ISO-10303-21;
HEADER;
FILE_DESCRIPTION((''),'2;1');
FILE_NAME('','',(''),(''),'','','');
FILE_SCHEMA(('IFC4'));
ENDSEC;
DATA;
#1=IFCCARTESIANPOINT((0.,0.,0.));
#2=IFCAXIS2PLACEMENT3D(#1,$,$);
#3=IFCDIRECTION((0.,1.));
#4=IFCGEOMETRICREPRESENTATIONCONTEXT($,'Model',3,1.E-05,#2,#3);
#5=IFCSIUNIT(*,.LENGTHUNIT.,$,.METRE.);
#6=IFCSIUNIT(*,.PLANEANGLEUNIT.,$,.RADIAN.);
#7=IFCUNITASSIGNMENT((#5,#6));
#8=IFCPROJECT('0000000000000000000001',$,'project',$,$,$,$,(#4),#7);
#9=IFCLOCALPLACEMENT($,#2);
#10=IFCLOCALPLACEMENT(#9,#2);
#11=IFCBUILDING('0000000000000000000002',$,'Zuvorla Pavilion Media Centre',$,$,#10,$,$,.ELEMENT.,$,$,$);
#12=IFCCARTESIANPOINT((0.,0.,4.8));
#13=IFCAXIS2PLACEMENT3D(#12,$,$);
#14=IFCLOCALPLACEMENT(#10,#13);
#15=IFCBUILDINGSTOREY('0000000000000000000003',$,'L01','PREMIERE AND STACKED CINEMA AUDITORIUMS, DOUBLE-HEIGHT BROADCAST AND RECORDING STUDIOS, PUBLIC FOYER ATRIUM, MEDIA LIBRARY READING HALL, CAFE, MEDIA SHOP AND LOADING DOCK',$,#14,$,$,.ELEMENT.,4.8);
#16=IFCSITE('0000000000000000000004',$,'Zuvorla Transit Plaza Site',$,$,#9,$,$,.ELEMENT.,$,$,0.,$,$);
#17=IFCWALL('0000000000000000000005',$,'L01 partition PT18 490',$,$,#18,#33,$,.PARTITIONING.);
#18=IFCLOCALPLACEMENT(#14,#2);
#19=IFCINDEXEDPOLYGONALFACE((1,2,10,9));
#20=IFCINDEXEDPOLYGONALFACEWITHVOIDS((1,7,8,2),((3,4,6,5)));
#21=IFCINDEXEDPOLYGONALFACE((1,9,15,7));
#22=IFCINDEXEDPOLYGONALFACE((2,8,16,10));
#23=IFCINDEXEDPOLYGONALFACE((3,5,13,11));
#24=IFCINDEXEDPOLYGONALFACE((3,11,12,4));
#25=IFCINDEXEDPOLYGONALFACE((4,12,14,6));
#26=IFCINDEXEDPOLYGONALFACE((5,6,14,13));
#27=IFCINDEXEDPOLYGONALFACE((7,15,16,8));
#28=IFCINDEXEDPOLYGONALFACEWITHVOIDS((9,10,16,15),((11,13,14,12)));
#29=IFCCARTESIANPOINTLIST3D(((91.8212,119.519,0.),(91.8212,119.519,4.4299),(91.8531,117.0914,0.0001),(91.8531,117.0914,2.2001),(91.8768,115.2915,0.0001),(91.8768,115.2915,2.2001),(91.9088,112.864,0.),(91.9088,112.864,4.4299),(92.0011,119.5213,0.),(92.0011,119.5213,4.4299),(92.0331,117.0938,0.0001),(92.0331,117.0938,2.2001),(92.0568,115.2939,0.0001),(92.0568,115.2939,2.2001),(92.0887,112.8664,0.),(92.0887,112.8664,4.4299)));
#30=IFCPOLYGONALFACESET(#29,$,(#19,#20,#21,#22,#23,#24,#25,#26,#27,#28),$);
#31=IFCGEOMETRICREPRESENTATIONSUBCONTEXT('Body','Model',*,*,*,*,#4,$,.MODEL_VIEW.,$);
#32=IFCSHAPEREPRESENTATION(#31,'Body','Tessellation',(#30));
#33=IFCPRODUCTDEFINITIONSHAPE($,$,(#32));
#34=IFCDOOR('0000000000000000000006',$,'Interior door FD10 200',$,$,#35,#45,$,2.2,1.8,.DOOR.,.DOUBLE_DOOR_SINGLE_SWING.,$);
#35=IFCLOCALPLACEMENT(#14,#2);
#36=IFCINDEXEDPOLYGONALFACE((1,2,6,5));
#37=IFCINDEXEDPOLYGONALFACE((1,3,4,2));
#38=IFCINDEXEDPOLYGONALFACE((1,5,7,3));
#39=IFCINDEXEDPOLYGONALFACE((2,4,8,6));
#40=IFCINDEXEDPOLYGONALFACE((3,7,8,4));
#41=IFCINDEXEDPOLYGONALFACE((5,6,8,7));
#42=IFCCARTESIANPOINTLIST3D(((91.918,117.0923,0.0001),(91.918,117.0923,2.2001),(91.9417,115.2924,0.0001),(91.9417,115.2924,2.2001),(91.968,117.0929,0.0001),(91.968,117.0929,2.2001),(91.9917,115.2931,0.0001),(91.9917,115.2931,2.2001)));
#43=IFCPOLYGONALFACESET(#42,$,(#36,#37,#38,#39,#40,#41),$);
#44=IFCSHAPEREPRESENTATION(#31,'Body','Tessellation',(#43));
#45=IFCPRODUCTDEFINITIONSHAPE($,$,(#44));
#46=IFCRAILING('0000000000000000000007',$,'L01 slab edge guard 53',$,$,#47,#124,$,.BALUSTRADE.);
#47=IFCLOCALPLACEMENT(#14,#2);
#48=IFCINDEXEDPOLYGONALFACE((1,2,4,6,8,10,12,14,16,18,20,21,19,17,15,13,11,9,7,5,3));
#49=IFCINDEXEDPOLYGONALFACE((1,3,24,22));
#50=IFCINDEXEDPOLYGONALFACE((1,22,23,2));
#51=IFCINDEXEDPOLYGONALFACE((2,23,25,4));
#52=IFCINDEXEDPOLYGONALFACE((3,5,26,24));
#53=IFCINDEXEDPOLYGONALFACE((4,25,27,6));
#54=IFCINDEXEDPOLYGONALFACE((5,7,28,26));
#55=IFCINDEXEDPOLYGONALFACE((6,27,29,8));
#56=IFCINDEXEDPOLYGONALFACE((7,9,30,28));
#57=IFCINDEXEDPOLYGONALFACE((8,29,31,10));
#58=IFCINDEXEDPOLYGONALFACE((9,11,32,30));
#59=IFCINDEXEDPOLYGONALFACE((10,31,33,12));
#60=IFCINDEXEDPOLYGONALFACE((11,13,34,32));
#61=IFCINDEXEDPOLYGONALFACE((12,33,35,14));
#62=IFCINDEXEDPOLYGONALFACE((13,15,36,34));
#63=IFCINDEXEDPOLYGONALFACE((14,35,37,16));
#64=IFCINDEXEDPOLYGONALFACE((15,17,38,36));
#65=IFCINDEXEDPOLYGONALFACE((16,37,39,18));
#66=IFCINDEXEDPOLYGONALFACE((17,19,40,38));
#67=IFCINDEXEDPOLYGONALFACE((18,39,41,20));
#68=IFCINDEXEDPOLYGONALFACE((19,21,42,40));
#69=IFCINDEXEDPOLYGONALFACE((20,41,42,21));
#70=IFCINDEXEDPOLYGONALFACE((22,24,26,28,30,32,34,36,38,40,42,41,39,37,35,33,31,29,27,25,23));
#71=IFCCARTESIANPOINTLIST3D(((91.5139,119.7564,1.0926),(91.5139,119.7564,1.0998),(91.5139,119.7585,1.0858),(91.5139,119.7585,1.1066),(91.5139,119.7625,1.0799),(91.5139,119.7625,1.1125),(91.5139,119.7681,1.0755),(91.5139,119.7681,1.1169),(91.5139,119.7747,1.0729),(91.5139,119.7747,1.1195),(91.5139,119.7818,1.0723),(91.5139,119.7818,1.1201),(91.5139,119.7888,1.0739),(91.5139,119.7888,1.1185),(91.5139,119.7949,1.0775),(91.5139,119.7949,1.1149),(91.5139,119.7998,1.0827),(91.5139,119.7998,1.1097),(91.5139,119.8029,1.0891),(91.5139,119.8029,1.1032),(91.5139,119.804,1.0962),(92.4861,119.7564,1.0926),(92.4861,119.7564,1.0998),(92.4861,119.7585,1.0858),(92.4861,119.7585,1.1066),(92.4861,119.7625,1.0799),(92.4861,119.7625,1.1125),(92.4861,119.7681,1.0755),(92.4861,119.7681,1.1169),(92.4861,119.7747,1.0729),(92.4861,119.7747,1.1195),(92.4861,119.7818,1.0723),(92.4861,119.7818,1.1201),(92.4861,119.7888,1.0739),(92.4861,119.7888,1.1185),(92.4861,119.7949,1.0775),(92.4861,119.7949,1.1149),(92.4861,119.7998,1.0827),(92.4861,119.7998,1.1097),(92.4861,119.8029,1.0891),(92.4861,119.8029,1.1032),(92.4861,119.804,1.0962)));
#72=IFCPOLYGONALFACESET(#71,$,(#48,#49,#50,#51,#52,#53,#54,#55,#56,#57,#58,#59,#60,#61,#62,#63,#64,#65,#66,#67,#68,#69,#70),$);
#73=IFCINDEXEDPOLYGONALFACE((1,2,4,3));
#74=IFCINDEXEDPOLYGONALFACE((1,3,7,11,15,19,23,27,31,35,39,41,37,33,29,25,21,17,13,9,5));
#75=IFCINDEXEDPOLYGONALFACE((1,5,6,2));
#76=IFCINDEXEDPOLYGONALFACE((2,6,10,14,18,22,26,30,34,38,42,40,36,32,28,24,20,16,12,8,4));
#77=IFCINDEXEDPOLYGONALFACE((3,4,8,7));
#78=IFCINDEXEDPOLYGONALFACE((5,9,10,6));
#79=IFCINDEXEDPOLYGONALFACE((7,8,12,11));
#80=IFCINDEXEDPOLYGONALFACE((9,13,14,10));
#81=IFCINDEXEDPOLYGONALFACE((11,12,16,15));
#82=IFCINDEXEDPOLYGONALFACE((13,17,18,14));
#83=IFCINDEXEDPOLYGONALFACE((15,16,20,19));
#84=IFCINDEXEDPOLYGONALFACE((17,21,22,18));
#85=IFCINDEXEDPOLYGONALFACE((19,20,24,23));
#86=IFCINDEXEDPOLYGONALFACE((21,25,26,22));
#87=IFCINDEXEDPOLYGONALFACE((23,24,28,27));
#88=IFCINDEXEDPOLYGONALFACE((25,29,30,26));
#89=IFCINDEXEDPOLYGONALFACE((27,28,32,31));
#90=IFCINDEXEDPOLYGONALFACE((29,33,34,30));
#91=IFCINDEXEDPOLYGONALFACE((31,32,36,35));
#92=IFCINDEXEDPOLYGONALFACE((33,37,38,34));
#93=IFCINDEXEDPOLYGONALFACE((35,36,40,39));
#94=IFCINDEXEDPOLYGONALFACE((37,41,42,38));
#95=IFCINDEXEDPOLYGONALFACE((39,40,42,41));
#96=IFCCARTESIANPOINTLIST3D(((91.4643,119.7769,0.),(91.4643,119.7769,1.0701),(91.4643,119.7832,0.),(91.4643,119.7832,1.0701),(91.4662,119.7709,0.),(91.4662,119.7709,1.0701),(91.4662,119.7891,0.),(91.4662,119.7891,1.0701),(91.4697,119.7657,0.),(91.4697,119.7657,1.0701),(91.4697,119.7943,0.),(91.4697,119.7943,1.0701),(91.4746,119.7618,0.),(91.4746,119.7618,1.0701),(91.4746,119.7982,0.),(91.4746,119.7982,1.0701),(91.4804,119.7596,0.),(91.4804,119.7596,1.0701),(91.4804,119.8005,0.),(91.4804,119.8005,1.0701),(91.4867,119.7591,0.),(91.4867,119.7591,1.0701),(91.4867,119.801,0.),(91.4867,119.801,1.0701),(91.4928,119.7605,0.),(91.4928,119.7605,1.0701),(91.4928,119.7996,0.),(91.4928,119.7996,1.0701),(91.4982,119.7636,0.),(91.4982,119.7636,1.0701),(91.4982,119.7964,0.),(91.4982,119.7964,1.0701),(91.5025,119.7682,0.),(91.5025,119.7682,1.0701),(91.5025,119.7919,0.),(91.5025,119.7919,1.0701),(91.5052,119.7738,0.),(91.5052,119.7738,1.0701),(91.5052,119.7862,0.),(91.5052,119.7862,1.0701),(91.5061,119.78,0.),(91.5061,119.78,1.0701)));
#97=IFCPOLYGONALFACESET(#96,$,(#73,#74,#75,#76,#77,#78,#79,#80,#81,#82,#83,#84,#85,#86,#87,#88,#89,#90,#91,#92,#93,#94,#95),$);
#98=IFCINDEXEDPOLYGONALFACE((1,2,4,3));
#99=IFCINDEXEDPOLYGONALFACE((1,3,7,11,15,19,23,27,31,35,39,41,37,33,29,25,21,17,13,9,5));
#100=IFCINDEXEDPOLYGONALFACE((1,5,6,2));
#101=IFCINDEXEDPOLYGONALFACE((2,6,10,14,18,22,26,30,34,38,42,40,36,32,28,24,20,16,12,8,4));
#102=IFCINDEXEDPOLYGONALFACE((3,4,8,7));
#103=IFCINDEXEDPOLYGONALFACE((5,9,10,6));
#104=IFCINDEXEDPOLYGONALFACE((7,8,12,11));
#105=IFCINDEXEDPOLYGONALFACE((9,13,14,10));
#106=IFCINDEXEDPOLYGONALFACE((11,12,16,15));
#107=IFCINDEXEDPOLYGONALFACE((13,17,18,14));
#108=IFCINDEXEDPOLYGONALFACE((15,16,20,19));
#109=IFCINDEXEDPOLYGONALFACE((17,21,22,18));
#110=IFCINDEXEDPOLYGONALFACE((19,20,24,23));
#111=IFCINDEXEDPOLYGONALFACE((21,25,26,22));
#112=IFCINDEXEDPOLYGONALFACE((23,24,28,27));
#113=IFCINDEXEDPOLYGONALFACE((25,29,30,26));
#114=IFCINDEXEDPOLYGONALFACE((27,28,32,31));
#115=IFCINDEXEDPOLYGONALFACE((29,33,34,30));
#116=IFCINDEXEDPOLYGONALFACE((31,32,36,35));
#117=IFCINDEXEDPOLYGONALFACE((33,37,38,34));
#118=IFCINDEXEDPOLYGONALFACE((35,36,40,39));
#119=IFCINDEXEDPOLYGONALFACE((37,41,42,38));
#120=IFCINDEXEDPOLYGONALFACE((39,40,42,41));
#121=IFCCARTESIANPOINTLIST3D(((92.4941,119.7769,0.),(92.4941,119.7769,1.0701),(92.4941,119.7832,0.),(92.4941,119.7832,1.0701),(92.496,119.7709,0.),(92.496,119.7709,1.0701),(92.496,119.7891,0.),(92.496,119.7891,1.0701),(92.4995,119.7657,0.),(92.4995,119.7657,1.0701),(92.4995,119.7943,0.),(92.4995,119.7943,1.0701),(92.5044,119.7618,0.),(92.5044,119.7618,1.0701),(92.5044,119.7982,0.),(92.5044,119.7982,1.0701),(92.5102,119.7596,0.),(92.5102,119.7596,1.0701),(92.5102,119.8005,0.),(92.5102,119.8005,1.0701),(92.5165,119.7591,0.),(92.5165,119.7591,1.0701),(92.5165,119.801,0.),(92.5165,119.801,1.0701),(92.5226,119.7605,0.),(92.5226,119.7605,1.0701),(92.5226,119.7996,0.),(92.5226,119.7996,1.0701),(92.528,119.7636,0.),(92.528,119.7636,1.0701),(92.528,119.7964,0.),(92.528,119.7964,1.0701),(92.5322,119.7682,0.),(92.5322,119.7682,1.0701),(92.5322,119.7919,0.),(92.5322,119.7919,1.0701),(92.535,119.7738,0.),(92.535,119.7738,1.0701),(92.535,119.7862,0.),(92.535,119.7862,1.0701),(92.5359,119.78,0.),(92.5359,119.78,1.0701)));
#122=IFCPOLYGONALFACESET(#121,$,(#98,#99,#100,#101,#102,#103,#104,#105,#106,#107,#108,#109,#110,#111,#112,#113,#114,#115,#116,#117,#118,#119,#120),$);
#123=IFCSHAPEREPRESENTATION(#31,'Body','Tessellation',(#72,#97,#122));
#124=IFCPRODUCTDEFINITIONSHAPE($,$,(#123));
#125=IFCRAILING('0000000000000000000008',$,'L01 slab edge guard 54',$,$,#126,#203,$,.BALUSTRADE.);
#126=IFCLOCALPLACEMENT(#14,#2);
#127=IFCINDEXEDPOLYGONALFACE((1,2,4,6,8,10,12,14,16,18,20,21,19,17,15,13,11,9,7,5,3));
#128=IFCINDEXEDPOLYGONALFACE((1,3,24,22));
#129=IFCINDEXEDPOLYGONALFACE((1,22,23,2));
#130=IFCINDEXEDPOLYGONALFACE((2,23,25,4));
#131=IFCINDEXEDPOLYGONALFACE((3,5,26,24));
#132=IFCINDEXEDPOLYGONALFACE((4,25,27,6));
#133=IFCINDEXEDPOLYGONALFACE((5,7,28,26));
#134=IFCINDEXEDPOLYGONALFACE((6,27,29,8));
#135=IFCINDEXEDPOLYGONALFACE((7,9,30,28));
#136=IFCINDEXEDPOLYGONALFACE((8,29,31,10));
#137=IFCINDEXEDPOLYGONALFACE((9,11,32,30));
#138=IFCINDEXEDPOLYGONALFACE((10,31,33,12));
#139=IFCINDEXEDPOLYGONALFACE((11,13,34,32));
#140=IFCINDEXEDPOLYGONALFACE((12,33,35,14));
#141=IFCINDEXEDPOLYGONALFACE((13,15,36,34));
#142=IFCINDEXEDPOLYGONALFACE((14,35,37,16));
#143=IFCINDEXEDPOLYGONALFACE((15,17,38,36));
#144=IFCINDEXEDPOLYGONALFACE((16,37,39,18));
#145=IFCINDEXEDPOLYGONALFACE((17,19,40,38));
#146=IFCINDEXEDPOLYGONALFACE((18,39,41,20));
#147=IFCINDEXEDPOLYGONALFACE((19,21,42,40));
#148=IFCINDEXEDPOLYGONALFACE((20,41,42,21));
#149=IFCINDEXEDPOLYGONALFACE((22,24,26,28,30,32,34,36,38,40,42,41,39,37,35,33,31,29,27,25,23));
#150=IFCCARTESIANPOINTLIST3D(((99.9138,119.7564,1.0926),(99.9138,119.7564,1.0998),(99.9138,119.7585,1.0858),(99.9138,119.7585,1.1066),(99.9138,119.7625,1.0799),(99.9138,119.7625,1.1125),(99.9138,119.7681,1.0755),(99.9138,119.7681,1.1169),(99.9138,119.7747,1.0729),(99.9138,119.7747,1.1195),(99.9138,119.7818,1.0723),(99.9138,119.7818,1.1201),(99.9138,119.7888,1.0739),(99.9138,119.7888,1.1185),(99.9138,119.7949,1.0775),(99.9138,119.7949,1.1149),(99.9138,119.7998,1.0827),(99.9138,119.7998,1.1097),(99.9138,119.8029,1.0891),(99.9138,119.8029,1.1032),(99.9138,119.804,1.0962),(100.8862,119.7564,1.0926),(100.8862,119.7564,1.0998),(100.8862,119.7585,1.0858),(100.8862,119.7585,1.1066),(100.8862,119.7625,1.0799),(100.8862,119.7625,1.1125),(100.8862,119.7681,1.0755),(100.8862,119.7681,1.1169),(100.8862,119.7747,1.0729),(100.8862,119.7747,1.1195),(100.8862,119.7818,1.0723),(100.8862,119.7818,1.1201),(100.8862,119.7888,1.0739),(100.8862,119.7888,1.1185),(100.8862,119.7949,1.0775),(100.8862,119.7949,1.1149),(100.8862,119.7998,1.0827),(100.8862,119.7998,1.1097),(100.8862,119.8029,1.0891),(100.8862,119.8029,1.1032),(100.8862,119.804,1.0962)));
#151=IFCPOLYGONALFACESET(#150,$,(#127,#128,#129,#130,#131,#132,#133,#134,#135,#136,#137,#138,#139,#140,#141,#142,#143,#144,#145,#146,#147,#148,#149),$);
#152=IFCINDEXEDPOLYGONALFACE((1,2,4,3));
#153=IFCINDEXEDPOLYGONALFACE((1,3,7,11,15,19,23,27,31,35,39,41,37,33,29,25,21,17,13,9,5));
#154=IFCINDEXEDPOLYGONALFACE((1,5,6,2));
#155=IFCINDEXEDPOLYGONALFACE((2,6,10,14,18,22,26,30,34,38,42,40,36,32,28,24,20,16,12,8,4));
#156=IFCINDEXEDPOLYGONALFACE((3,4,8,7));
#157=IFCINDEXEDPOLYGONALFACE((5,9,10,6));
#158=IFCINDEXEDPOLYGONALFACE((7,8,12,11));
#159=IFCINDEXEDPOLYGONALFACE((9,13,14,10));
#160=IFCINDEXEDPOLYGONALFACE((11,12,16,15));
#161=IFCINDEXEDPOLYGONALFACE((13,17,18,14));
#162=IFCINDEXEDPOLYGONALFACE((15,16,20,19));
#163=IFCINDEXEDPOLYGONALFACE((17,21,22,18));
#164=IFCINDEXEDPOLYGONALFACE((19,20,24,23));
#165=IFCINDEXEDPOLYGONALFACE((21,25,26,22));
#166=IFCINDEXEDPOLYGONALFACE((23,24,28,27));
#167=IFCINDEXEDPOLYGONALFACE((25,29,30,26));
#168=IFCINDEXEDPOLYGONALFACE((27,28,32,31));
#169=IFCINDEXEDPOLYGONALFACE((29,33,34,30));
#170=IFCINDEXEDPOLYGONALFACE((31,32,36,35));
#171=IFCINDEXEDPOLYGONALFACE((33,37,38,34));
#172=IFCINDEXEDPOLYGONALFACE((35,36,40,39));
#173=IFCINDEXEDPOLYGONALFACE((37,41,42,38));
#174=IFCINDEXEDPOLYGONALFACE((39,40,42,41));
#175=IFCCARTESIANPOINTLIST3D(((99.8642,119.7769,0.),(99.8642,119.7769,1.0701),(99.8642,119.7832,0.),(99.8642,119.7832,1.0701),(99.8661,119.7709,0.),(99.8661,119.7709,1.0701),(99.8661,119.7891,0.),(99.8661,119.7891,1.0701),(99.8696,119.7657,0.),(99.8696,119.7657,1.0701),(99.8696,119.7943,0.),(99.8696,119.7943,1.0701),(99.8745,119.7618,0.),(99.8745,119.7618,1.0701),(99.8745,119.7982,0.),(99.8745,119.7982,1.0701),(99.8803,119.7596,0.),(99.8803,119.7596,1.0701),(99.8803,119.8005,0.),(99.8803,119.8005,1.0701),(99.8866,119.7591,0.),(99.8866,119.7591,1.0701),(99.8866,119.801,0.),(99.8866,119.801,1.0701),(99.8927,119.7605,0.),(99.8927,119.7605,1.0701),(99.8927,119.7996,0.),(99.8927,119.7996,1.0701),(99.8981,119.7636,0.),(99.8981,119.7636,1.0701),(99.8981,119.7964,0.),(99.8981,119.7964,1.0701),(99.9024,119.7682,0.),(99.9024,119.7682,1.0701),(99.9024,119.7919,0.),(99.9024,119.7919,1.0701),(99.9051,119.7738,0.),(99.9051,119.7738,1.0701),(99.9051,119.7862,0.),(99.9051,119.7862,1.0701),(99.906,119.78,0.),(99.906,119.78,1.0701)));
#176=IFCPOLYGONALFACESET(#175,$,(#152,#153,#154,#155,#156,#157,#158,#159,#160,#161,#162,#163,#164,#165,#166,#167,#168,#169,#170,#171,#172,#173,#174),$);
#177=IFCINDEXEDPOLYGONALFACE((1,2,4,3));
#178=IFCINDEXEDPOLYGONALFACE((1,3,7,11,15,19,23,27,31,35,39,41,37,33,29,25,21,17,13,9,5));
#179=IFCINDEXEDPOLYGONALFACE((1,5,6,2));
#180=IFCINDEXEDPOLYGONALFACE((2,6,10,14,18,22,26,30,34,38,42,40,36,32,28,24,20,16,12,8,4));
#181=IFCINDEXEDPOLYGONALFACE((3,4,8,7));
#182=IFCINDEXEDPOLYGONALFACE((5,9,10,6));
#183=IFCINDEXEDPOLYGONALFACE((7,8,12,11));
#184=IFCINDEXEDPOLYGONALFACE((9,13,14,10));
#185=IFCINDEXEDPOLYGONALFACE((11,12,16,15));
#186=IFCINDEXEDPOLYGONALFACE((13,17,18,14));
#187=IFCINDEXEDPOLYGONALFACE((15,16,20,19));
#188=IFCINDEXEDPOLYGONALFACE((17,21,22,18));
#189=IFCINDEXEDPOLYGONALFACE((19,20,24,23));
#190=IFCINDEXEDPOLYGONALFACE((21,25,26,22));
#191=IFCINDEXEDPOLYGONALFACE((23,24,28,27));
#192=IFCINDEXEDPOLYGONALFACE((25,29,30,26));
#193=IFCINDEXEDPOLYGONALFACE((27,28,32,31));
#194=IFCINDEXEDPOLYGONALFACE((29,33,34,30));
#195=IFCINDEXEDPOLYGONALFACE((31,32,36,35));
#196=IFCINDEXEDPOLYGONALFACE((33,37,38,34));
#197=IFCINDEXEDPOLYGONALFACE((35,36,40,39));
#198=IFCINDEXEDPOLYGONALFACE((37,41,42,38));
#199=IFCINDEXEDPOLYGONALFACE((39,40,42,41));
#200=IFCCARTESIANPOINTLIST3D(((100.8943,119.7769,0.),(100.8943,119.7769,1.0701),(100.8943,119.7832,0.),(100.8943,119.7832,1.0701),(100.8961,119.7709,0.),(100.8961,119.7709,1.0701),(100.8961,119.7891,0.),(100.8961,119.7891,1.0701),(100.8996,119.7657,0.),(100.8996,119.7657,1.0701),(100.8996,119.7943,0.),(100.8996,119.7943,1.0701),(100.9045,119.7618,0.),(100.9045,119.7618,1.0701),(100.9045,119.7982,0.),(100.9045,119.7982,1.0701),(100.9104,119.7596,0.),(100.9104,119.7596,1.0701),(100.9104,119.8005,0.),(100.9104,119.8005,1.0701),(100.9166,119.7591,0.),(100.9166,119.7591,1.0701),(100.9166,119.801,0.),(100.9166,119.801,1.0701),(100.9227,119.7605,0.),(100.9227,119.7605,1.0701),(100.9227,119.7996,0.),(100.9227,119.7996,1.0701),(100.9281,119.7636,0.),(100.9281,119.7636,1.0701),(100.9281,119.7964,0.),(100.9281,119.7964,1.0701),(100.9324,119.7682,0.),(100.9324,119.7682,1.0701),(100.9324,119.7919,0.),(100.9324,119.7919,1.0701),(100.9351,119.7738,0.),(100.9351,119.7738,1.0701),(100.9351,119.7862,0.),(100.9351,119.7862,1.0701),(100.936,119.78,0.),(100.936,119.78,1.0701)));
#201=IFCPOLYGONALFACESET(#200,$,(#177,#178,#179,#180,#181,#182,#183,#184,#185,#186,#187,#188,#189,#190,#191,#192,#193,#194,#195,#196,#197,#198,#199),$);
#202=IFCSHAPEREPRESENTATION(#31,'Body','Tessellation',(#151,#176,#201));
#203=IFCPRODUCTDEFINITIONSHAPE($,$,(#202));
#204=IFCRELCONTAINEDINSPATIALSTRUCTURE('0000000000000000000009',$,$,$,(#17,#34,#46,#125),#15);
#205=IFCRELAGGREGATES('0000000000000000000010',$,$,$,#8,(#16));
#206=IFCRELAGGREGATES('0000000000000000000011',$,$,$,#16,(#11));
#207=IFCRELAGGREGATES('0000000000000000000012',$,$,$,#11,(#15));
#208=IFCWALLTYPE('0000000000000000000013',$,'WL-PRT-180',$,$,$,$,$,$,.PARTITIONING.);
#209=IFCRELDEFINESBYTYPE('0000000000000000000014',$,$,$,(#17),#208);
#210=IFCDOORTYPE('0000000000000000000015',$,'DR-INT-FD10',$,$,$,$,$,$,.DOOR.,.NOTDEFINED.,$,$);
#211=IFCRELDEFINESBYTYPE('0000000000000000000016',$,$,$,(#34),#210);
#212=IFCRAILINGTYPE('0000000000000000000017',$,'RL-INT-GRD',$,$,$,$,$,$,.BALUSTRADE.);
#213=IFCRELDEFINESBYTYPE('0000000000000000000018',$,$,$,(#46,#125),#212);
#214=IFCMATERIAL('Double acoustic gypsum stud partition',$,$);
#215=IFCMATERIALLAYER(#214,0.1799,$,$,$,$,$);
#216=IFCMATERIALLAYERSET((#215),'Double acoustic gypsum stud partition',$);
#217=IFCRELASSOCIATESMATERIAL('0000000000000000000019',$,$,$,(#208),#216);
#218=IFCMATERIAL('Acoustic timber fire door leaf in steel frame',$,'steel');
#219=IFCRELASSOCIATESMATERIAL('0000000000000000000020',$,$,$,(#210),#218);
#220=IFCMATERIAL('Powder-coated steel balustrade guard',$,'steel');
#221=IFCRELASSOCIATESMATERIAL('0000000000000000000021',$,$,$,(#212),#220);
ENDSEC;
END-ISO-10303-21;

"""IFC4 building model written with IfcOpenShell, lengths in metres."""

from ifc_helpers import new_model, si_unit, direction, frame, frame_2d, origin, origin_2d, place, context, subcontext, project, spatial, rectangle, circle, extrude, material, layer, layer_set, type_object, element, fill, save


model = new_model("IFC4")

# Units and contexts
model_context = context("Model", 3, precision=1e-05, world=origin(), true_north=direction((0.0, 1.0)))
body_context = subcontext(model_context, "Body", "Model", "MODEL_VIEW")
ifc_project = project(units=[si_unit("LENGTHUNIT", "METRE"), si_unit("PLANEANGLEUNIT", "RADIAN")], contexts=[model_context])

# Site, building, storey
site_placement = place(None, origin())
site = spatial("IfcSite", under=ifc_project, at=site_placement, Name="Zuvorla Transit Plaza Site", CompositionType="ELEMENT", RefElevation=0.0)
building_placement = place(site_placement, origin())
building = spatial("IfcBuilding", under=site, at=building_placement, Name="Zuvorla Pavilion Media Centre", CompositionType="ELEMENT")
storey_placement = place(building_placement, frame((0.0, 0.0, 4.8)))
storey = spatial("IfcBuildingStorey", under=building, at=storey_placement, Name="L01", Description="PREMIERE AND STACKED CINEMA AUDITORIUMS, DOUBLE-HEIGHT BROADCAST AND RECORDING STUDIOS, PUBLIC FOYER ATRIUM, MEDIA LIBRARY READING HALL, CAFE, MEDIA SHOP AND LOADING DOCK", CompositionType="ELEMENT", Elevation=4.8)

# Wall, opening, door
ifc_material_1 = material(Name="Double acoustic gypsum stud partition")
ifc_layer_1 = layer(ifc_material_1, 0.1799)
ifc_layer_set_1 = layer_set([ifc_layer_1], Name="Double acoustic gypsum stud partition")
wall_type_1 = type_object("IfcWallType", Name="WL-PRT-180", PredefinedType="PARTITIONING", material=ifc_layer_set_1)
wall_1_placement = place(storey_placement, frame((91.9111, 119.52, 0.0), z_axis=(0.0, 0.0, 1.0), x_axis=(0.013169, -0.999913, 0.0)))
wall_1 = element("IfcWall", 1, at=wall_1_placement, inside=storey, type_object=wall_type_1, Name="L01 partition PT18 490", PredefinedType="PARTITIONING", context=body_context, shape_type="SweptSolid", body=[
    extrude(rectangle(XDim=6.6555, YDim=0.1799, at=frame_2d((3.3276, 0.0))), origin(), (0.0, 0.0, 1.0), 4.4299),
])
opening_placement = place(wall_1_placement, frame((2.4277, 0.0, 0.0)))
opening = element("IfcOpeningElement", 2, at=opening_placement, cuts=wall_1, PredefinedType="OPENING", context=body_context, shape_type="SweptSolid", body=[
    extrude(rectangle(XDim=1.8, YDim=2.2, at=frame_2d((0.8999, 1.1001))), frame((0.0, 0.0999, 0.0), z_axis=(0.0, -1.0, 0.0), x_axis=(1.0, 0.0, 0.0)), (0.0, 0.0, 1.0), 0.2),
])
ifc_material_2 = material(Name="Acoustic timber fire door leaf in steel frame", Category="steel")
door_type = type_object("IfcDoorType", Name="DR-INT-FD10", OperationType="NOTDEFINED", PredefinedType="DOOR", material=ifc_material_2)
door_placement = place(opening_placement, origin())
door = element("IfcDoor", 3, at=door_placement, inside=storey, type_object=door_type, Name="Interior door FD10 200", OperationType="DOUBLE_DOOR_SINGLE_SWING", OverallHeight=2.2, OverallWidth=1.8, PredefinedType="DOOR", context=body_context, shape_type="SweptSolid", body=[
    extrude(rectangle(XDim=1.8, YDim=2.2, at=frame_2d((0.8999, 1.1001))), frame((0.0, 0.0249, 0.0), z_axis=(0.0, -1.0, 0.0), x_axis=(1.0, 0.0, 0.0)), (0.0, 0.0, 1.0), 0.05),
])
fill(opening, door)

# Railings
ifc_material_3 = material(Name="Powder-coated steel balustrade guard", Category="steel")
railing_type = type_object("IfcRailingType", Name="RL-INT-GRD", PredefinedType="BALUSTRADE", material=ifc_material_3)
railing_1_placement = place(storey_placement, frame((91.4851, 119.78, 0.0)))
element("IfcRailing", 4, at=railing_1_placement, inside=storey, type_object=railing_type, Name="L01 slab edge guard 53", PredefinedType="BALUSTRADE", context=body_context, shape_type="SweptSolid", body=[
    extrude(circle(Radius=0.0239, at=origin_2d()), frame((0.0288, 0.0, 1.0962), z_axis=(1.0, 0.0, 0.0), x_axis=(0.0, 1.0, 0.0)), (0.0, 0.0, 1.0), 0.9722),
    extrude(circle(Radius=0.021, at=origin_2d()), origin(), (0.0, 0.0, 1.0), 1.0701),
    extrude(circle(Radius=0.021, at=origin_2d()), frame((1.0298, 0.0, 0.0)), (0.0, 0.0, 1.0), 1.0701),
])
railing_2_placement = place(storey_placement, frame((99.885, 119.78, 0.0)))
element("IfcRailing", 5, at=railing_2_placement, inside=storey, type_object=railing_type, Name="L01 slab edge guard 54", PredefinedType="BALUSTRADE", context=body_context, shape_type="SweptSolid", body=[
    extrude(circle(Radius=0.0239, at=origin_2d()), frame((0.0288, 0.0, 1.0962), z_axis=(1.0, 0.0, 0.0), x_axis=(0.0, 1.0, 0.0)), (0.0, 0.0, 1.0), 0.9724),
    extrude(circle(Radius=0.021, at=origin_2d()), origin(), (0.0, 0.0, 1.0), 1.0701),
    extrude(circle(Radius=0.021, at=origin_2d()), frame((1.03, 0.0, 0.0)), (0.0, 0.0, 1.0), 1.0701),
])

save(model, "model.ifc")
